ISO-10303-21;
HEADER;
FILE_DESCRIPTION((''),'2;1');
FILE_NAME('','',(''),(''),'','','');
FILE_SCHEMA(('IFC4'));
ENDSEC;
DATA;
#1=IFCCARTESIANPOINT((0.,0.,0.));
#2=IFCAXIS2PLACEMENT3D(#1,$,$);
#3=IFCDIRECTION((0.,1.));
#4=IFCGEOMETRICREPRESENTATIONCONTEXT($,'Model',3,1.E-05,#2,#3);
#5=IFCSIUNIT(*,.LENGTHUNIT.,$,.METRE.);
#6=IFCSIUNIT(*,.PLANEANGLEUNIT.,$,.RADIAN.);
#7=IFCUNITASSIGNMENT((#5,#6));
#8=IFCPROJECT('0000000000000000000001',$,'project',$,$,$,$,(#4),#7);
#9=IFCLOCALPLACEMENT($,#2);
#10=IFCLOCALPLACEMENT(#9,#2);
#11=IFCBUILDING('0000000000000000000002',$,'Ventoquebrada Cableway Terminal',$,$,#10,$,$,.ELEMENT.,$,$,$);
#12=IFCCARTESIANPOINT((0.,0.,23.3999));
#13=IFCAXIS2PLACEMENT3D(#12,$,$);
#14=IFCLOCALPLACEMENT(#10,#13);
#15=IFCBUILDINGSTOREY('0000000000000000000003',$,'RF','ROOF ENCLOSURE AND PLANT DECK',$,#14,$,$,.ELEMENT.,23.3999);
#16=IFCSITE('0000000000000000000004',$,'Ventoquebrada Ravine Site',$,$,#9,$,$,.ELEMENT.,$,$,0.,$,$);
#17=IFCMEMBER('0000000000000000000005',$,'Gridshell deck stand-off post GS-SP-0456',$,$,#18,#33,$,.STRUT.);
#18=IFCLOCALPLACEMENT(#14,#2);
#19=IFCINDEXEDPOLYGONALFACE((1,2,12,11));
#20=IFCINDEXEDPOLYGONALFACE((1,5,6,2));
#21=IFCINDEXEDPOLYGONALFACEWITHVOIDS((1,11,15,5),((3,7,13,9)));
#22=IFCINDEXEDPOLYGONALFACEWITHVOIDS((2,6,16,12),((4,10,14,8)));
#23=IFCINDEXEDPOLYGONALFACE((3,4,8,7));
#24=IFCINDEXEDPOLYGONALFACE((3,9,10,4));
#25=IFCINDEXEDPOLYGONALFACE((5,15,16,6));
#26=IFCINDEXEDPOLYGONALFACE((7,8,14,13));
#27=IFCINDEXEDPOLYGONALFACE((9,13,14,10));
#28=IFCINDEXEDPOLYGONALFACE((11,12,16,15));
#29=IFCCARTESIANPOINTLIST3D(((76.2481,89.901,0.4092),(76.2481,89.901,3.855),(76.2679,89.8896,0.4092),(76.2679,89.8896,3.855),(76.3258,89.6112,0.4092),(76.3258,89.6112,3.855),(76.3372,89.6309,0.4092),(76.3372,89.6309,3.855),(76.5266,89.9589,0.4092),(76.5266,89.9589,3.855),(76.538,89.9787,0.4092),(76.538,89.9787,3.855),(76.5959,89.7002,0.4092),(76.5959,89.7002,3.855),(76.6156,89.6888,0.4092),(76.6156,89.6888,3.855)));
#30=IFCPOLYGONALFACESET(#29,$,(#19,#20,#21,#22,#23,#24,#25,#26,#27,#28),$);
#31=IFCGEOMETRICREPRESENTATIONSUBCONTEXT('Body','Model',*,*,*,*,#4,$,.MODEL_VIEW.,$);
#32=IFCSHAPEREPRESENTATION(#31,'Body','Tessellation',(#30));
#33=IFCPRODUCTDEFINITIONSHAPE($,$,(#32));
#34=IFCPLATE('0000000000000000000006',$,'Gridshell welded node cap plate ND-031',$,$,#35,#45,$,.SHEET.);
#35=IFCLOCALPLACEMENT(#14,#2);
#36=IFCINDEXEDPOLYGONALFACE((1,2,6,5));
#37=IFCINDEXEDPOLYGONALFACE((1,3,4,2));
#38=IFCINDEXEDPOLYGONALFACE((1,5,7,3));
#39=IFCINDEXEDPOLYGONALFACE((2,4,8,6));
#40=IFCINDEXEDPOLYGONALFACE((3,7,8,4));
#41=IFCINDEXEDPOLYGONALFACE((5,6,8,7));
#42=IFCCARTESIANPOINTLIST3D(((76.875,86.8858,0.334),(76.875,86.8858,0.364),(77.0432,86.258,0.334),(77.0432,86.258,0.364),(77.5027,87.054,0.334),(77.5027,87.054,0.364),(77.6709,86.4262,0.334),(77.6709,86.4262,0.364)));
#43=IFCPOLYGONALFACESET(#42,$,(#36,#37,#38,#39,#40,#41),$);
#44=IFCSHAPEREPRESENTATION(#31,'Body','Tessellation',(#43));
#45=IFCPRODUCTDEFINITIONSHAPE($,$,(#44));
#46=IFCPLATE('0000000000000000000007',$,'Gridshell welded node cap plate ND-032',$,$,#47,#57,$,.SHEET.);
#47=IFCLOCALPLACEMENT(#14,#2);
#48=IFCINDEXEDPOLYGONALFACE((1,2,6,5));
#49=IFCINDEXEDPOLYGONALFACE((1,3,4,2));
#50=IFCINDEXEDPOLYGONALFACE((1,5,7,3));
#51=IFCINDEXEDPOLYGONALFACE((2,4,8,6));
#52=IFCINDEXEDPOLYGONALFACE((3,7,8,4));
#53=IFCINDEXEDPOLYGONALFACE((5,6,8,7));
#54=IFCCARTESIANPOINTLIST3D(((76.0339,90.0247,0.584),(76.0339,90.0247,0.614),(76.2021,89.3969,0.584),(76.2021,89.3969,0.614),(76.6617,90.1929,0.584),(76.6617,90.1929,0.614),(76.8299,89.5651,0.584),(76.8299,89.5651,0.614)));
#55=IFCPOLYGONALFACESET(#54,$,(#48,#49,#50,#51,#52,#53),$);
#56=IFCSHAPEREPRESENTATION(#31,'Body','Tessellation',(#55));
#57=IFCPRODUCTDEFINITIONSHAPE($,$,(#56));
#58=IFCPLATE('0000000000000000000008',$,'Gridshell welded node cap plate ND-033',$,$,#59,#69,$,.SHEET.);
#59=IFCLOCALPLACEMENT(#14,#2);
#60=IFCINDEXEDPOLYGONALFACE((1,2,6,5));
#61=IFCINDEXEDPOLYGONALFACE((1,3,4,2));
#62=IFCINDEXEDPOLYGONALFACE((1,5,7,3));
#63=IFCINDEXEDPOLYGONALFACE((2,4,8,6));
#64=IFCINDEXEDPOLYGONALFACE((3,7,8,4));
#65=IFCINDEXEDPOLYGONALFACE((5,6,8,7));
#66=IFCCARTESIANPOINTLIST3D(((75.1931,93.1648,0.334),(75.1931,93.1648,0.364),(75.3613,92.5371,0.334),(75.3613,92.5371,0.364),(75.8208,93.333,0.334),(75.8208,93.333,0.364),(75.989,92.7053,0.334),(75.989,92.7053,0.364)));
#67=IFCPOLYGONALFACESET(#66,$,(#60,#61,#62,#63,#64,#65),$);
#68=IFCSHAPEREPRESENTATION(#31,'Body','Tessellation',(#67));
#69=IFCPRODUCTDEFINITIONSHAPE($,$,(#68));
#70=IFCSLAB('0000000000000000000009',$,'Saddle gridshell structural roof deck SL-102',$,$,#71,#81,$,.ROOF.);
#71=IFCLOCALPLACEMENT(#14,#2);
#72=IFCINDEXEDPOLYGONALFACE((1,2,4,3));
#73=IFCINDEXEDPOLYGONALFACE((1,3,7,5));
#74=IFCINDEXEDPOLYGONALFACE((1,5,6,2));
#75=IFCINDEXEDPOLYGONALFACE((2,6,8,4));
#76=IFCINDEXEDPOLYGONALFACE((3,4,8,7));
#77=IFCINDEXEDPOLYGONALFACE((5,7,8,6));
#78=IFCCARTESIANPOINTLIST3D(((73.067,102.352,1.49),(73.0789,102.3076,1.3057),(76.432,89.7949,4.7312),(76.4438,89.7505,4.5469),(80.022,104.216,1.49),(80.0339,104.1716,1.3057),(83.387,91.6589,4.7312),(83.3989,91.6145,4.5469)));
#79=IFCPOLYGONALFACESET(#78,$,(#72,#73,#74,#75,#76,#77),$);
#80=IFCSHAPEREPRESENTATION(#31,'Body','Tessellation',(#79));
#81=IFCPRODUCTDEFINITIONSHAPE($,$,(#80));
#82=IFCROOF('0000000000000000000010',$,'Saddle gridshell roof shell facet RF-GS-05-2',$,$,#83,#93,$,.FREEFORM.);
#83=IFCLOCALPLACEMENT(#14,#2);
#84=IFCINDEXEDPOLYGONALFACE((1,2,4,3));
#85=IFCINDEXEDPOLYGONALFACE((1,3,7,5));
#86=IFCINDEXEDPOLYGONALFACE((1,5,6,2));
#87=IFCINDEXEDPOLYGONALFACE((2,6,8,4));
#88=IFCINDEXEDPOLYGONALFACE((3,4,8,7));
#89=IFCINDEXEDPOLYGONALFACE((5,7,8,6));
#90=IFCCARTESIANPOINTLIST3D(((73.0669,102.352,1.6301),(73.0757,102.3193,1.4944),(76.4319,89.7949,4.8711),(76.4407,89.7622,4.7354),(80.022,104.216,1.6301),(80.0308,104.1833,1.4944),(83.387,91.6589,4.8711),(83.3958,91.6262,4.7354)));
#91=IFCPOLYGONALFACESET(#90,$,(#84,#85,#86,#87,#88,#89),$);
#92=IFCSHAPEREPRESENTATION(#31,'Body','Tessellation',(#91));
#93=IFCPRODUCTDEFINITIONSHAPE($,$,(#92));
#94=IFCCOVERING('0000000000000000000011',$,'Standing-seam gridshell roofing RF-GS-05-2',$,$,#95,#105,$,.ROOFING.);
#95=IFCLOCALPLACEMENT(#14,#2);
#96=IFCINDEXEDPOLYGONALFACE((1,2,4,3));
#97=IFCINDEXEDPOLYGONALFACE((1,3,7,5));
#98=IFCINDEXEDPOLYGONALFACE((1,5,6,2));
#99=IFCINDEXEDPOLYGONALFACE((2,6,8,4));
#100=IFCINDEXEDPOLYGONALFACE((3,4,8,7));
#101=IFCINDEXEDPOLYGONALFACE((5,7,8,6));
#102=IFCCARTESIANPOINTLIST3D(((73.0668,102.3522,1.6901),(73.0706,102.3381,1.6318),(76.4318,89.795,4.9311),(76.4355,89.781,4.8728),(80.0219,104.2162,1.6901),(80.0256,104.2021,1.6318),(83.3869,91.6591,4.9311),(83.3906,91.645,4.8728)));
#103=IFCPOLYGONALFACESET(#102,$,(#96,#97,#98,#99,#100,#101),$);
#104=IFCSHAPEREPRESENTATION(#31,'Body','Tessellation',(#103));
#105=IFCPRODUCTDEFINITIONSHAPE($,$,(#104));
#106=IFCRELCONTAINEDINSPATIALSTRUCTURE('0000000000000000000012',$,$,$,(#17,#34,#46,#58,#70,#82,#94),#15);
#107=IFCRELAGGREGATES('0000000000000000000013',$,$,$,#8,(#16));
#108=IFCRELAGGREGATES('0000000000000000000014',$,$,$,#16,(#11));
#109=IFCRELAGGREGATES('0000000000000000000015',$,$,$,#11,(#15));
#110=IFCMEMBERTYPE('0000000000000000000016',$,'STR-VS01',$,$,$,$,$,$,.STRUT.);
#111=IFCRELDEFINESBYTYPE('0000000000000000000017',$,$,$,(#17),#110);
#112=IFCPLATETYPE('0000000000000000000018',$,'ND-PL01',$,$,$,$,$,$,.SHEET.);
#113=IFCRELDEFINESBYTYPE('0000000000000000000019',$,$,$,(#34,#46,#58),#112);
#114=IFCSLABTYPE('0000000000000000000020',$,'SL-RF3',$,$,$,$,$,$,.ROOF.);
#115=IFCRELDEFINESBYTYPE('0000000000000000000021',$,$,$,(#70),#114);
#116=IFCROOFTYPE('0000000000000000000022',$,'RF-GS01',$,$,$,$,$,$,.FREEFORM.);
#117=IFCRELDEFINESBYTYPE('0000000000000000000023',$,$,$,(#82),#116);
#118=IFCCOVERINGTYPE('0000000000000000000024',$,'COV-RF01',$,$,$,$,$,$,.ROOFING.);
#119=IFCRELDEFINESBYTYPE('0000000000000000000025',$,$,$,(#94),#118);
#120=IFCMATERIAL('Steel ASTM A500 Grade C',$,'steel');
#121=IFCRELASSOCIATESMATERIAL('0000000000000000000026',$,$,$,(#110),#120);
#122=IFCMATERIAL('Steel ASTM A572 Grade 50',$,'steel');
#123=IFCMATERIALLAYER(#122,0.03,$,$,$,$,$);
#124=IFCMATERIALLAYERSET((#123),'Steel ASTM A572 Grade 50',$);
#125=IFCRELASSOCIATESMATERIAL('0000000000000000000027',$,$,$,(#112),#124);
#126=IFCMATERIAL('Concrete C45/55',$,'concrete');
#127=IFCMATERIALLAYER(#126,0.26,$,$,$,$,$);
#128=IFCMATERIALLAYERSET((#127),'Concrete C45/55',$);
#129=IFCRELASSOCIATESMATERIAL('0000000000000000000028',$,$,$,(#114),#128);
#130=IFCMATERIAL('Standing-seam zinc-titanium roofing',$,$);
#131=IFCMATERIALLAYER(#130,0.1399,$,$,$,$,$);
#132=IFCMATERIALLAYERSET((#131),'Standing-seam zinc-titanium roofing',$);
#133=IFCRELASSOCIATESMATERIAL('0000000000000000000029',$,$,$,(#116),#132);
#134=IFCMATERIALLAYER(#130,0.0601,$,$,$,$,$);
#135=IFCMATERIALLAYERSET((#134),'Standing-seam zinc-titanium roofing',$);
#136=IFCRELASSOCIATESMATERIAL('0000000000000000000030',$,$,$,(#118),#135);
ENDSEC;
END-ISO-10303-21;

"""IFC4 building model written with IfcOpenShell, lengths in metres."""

from ifc_helpers import new_model, si_unit, direction, frame, origin, origin_2d, place, context, subcontext, project, spatial, polyline, rectangle, hollow_rectangle, outline, extrude, material, layer, layer_set, material_profile, profile_set, type_object, element, save


model = new_model("IFC4")

# Units and contexts
model_context = context("Model", 3, precision=1e-05, world=origin(), true_north=direction((0.0, 1.0)))
body_context = subcontext(model_context, "Body", "Model", "MODEL_VIEW")
ifc_project = project(units=[si_unit("LENGTHUNIT", "METRE"), si_unit("PLANEANGLEUNIT", "RADIAN")], contexts=[model_context])

# Site, building, storey
site_placement = place(None, origin())
site = spatial("IfcSite", under=ifc_project, at=site_placement, Name="Ventoquebrada Ravine Site", CompositionType="ELEMENT", RefElevation=0.0)
building_placement = place(site_placement, origin())
building = spatial("IfcBuilding", under=site, at=building_placement, Name="Ventoquebrada Cableway Terminal", CompositionType="ELEMENT")
storey_placement = place(building_placement, frame((0.0, 0.0, 23.3999)))
storey = spatial("IfcBuildingStorey", under=building, at=storey_placement, Name="RF", Description="ROOF ENCLOSURE AND PLANT DECK", CompositionType="ELEMENT", Elevation=23.3999)

# Member
ifc_material_1 = material(Name="Steel ASTM A500 Grade C", Category="steel")
ifc_material_profile_1 = material_profile(ifc_material_1, hollow_rectangle(XDim=0.3, YDim=0.3, WallThickness=0.0161, at=origin_2d()), Name="HSS300X300X16")
ifc_profile_set_1 = profile_set([ifc_material_profile_1], Name="Steel ASTM A500 Grade C")
member_type_1 = type_object("IfcMemberType", Name="STR-VS01", PredefinedType="STRUT", material=ifc_profile_set_1)
member_1_placement = place(storey_placement, frame((76.4319, 89.7949, 0.4092), z_axis=(0.0, 0.0, 1.0), x_axis=(0.965926, 0.258819, 0.0)))
element("IfcMember", 1, at=member_1_placement, inside=storey, type_object=member_type_1, Name="Gridshell deck stand-off post GS-SP-0456", PredefinedType="STRUT", context=body_context, shape_type="SweptSolid", body=[
    extrude(hollow_rectangle(XDim=0.3, YDim=0.3, WallThickness=0.0161, at=origin_2d()), origin(), (0.0, 0.0, 1.0), 3.4458),
])

# Plates
ifc_material_2 = material(Name="Steel ASTM A572 Grade 50", Category="steel")
ifc_layer_1 = layer(ifc_material_2, 0.03)
ifc_layer_set_1 = layer_set([ifc_layer_1], Name="Steel ASTM A572 Grade 50")
plate_type = type_object("IfcPlateType", Name="ND-PL01", PredefinedType="SHEET", material=ifc_layer_set_1)
for number, where, z_axis, x_axis, name in (
    (2, (77.2729, 86.656, 0.334), (0.0, 0.0, 1.0), (0.965926, 0.258819, 0.0), "Gridshell welded node cap plate ND-031"),
    (3, (76.4319, 89.7949, 0.584), (0.0, 0.0, 1.0), (0.965926, 0.258819, 0.0), "Gridshell welded node cap plate ND-032"),
    (4, (75.5911, 92.9351, 0.334), (0.0, 0.0, 1.0), (0.965926, 0.258819, 0.0), "Gridshell welded node cap plate ND-033"),
):
    element("IfcPlate", number, at=place(storey_placement, frame(where, z_axis=z_axis, x_axis=x_axis)), inside=storey, type_object=plate_type, Name=name, PredefinedType="SHEET", context=body_context, shape_type="SweptSolid", body=[
        extrude(rectangle(XDim=0.6499, YDim=0.6499, at=origin_2d()), origin(), (0.0, 0.0, 1.0), 0.03),
    ])

# Slab
ifc_material_3 = material(Name="Concrete C45/55", Category="concrete")
ifc_layer_2 = layer(ifc_material_3, 0.26)
ifc_layer_set_2 = layer_set([ifc_layer_2], Name="Concrete C45/55")
slab_type = type_object("IfcSlabType", Name="SL-RF3", PredefinedType="ROOF", material=ifc_layer_set_2)
slab_placement = place(storey_placement, frame((76.4438, 89.7505, 4.5469), z_axis=(-0.062625, 0.233669, 0.970297), x_axis=(0.965912, 0.258872, 0.0)))
element("IfcSlab", 5, at=slab_placement, inside=storey, type_object=slab_type, Name="Saddle gridshell structural roof deck SL-102", PredefinedType="ROOF", context=body_context, shape_type="SweptSolid", body=[
    extrude(outline(polyline([(0.0, 0.0), (7.2005, 0.0), (7.2009, 13.3981), (0.0004, 13.3981), (0.0, 0.0)])), origin(), (0.0, 0.0, 1.0), 0.1899),
])

# Roof
ifc_material_4 = material(Name="Standing-seam zinc-titanium roofing")
ifc_layer_3 = layer(ifc_material_4, 0.1399)
ifc_layer_set_3 = layer_set([ifc_layer_3], Name="Standing-seam zinc-titanium roofing")
roof_type = type_object("IfcRoofType", Name="RF-GS01", PredefinedType="FREEFORM", material=ifc_layer_set_3)
roof_placement = place(storey_placement, frame((76.4407, 89.7622, 4.7354), z_axis=(-0.062621, 0.233652, 0.970302), x_axis=(0.965912, 0.258872, 0.0)))
element("IfcRoof", 6, at=roof_placement, inside=storey, type_object=roof_type, Name="Saddle gridshell roof shell facet RF-GS-05-2", PredefinedType="FREEFORM", context=body_context, shape_type="SweptSolid", body=[
    extrude(outline(polyline([(0.0, 0.0), (7.2005, 0.0), (7.2009, 13.3981), (0.0004, 13.3981), (0.0, 0.0)])), origin(), (0.0, 0.0, 1.0), 0.1399),
])

# Covering
ifc_layer_4 = layer(ifc_material_4, 0.0601)
ifc_layer_set_4 = layer_set([ifc_layer_4], Name="Standing-seam zinc-titanium roofing")
covering_type = type_object("IfcCoveringType", Name="COV-RF01", PredefinedType="ROOFING", material=ifc_layer_set_4)
covering_placement = place(storey_placement, frame((76.4355, 89.781, 4.8728), z_axis=(-0.062621, 0.233652, 0.970302), x_axis=(0.965912, 0.258872, 0.0)))
element("IfcCovering", 7, at=covering_placement, inside=storey, type_object=covering_type, Name="Standing-seam gridshell roofing RF-GS-05-2", PredefinedType="ROOFING", context=body_context, shape_type="SweptSolid", body=[
    extrude(outline(polyline([(0.0, 0.0), (7.2005, 0.0), (7.2009, 13.3981), (0.0004, 13.3981), (0.0, 0.0)])), origin(), (0.0, 0.0, 1.0), 0.0601),
])

save(model, "model.ifc")
